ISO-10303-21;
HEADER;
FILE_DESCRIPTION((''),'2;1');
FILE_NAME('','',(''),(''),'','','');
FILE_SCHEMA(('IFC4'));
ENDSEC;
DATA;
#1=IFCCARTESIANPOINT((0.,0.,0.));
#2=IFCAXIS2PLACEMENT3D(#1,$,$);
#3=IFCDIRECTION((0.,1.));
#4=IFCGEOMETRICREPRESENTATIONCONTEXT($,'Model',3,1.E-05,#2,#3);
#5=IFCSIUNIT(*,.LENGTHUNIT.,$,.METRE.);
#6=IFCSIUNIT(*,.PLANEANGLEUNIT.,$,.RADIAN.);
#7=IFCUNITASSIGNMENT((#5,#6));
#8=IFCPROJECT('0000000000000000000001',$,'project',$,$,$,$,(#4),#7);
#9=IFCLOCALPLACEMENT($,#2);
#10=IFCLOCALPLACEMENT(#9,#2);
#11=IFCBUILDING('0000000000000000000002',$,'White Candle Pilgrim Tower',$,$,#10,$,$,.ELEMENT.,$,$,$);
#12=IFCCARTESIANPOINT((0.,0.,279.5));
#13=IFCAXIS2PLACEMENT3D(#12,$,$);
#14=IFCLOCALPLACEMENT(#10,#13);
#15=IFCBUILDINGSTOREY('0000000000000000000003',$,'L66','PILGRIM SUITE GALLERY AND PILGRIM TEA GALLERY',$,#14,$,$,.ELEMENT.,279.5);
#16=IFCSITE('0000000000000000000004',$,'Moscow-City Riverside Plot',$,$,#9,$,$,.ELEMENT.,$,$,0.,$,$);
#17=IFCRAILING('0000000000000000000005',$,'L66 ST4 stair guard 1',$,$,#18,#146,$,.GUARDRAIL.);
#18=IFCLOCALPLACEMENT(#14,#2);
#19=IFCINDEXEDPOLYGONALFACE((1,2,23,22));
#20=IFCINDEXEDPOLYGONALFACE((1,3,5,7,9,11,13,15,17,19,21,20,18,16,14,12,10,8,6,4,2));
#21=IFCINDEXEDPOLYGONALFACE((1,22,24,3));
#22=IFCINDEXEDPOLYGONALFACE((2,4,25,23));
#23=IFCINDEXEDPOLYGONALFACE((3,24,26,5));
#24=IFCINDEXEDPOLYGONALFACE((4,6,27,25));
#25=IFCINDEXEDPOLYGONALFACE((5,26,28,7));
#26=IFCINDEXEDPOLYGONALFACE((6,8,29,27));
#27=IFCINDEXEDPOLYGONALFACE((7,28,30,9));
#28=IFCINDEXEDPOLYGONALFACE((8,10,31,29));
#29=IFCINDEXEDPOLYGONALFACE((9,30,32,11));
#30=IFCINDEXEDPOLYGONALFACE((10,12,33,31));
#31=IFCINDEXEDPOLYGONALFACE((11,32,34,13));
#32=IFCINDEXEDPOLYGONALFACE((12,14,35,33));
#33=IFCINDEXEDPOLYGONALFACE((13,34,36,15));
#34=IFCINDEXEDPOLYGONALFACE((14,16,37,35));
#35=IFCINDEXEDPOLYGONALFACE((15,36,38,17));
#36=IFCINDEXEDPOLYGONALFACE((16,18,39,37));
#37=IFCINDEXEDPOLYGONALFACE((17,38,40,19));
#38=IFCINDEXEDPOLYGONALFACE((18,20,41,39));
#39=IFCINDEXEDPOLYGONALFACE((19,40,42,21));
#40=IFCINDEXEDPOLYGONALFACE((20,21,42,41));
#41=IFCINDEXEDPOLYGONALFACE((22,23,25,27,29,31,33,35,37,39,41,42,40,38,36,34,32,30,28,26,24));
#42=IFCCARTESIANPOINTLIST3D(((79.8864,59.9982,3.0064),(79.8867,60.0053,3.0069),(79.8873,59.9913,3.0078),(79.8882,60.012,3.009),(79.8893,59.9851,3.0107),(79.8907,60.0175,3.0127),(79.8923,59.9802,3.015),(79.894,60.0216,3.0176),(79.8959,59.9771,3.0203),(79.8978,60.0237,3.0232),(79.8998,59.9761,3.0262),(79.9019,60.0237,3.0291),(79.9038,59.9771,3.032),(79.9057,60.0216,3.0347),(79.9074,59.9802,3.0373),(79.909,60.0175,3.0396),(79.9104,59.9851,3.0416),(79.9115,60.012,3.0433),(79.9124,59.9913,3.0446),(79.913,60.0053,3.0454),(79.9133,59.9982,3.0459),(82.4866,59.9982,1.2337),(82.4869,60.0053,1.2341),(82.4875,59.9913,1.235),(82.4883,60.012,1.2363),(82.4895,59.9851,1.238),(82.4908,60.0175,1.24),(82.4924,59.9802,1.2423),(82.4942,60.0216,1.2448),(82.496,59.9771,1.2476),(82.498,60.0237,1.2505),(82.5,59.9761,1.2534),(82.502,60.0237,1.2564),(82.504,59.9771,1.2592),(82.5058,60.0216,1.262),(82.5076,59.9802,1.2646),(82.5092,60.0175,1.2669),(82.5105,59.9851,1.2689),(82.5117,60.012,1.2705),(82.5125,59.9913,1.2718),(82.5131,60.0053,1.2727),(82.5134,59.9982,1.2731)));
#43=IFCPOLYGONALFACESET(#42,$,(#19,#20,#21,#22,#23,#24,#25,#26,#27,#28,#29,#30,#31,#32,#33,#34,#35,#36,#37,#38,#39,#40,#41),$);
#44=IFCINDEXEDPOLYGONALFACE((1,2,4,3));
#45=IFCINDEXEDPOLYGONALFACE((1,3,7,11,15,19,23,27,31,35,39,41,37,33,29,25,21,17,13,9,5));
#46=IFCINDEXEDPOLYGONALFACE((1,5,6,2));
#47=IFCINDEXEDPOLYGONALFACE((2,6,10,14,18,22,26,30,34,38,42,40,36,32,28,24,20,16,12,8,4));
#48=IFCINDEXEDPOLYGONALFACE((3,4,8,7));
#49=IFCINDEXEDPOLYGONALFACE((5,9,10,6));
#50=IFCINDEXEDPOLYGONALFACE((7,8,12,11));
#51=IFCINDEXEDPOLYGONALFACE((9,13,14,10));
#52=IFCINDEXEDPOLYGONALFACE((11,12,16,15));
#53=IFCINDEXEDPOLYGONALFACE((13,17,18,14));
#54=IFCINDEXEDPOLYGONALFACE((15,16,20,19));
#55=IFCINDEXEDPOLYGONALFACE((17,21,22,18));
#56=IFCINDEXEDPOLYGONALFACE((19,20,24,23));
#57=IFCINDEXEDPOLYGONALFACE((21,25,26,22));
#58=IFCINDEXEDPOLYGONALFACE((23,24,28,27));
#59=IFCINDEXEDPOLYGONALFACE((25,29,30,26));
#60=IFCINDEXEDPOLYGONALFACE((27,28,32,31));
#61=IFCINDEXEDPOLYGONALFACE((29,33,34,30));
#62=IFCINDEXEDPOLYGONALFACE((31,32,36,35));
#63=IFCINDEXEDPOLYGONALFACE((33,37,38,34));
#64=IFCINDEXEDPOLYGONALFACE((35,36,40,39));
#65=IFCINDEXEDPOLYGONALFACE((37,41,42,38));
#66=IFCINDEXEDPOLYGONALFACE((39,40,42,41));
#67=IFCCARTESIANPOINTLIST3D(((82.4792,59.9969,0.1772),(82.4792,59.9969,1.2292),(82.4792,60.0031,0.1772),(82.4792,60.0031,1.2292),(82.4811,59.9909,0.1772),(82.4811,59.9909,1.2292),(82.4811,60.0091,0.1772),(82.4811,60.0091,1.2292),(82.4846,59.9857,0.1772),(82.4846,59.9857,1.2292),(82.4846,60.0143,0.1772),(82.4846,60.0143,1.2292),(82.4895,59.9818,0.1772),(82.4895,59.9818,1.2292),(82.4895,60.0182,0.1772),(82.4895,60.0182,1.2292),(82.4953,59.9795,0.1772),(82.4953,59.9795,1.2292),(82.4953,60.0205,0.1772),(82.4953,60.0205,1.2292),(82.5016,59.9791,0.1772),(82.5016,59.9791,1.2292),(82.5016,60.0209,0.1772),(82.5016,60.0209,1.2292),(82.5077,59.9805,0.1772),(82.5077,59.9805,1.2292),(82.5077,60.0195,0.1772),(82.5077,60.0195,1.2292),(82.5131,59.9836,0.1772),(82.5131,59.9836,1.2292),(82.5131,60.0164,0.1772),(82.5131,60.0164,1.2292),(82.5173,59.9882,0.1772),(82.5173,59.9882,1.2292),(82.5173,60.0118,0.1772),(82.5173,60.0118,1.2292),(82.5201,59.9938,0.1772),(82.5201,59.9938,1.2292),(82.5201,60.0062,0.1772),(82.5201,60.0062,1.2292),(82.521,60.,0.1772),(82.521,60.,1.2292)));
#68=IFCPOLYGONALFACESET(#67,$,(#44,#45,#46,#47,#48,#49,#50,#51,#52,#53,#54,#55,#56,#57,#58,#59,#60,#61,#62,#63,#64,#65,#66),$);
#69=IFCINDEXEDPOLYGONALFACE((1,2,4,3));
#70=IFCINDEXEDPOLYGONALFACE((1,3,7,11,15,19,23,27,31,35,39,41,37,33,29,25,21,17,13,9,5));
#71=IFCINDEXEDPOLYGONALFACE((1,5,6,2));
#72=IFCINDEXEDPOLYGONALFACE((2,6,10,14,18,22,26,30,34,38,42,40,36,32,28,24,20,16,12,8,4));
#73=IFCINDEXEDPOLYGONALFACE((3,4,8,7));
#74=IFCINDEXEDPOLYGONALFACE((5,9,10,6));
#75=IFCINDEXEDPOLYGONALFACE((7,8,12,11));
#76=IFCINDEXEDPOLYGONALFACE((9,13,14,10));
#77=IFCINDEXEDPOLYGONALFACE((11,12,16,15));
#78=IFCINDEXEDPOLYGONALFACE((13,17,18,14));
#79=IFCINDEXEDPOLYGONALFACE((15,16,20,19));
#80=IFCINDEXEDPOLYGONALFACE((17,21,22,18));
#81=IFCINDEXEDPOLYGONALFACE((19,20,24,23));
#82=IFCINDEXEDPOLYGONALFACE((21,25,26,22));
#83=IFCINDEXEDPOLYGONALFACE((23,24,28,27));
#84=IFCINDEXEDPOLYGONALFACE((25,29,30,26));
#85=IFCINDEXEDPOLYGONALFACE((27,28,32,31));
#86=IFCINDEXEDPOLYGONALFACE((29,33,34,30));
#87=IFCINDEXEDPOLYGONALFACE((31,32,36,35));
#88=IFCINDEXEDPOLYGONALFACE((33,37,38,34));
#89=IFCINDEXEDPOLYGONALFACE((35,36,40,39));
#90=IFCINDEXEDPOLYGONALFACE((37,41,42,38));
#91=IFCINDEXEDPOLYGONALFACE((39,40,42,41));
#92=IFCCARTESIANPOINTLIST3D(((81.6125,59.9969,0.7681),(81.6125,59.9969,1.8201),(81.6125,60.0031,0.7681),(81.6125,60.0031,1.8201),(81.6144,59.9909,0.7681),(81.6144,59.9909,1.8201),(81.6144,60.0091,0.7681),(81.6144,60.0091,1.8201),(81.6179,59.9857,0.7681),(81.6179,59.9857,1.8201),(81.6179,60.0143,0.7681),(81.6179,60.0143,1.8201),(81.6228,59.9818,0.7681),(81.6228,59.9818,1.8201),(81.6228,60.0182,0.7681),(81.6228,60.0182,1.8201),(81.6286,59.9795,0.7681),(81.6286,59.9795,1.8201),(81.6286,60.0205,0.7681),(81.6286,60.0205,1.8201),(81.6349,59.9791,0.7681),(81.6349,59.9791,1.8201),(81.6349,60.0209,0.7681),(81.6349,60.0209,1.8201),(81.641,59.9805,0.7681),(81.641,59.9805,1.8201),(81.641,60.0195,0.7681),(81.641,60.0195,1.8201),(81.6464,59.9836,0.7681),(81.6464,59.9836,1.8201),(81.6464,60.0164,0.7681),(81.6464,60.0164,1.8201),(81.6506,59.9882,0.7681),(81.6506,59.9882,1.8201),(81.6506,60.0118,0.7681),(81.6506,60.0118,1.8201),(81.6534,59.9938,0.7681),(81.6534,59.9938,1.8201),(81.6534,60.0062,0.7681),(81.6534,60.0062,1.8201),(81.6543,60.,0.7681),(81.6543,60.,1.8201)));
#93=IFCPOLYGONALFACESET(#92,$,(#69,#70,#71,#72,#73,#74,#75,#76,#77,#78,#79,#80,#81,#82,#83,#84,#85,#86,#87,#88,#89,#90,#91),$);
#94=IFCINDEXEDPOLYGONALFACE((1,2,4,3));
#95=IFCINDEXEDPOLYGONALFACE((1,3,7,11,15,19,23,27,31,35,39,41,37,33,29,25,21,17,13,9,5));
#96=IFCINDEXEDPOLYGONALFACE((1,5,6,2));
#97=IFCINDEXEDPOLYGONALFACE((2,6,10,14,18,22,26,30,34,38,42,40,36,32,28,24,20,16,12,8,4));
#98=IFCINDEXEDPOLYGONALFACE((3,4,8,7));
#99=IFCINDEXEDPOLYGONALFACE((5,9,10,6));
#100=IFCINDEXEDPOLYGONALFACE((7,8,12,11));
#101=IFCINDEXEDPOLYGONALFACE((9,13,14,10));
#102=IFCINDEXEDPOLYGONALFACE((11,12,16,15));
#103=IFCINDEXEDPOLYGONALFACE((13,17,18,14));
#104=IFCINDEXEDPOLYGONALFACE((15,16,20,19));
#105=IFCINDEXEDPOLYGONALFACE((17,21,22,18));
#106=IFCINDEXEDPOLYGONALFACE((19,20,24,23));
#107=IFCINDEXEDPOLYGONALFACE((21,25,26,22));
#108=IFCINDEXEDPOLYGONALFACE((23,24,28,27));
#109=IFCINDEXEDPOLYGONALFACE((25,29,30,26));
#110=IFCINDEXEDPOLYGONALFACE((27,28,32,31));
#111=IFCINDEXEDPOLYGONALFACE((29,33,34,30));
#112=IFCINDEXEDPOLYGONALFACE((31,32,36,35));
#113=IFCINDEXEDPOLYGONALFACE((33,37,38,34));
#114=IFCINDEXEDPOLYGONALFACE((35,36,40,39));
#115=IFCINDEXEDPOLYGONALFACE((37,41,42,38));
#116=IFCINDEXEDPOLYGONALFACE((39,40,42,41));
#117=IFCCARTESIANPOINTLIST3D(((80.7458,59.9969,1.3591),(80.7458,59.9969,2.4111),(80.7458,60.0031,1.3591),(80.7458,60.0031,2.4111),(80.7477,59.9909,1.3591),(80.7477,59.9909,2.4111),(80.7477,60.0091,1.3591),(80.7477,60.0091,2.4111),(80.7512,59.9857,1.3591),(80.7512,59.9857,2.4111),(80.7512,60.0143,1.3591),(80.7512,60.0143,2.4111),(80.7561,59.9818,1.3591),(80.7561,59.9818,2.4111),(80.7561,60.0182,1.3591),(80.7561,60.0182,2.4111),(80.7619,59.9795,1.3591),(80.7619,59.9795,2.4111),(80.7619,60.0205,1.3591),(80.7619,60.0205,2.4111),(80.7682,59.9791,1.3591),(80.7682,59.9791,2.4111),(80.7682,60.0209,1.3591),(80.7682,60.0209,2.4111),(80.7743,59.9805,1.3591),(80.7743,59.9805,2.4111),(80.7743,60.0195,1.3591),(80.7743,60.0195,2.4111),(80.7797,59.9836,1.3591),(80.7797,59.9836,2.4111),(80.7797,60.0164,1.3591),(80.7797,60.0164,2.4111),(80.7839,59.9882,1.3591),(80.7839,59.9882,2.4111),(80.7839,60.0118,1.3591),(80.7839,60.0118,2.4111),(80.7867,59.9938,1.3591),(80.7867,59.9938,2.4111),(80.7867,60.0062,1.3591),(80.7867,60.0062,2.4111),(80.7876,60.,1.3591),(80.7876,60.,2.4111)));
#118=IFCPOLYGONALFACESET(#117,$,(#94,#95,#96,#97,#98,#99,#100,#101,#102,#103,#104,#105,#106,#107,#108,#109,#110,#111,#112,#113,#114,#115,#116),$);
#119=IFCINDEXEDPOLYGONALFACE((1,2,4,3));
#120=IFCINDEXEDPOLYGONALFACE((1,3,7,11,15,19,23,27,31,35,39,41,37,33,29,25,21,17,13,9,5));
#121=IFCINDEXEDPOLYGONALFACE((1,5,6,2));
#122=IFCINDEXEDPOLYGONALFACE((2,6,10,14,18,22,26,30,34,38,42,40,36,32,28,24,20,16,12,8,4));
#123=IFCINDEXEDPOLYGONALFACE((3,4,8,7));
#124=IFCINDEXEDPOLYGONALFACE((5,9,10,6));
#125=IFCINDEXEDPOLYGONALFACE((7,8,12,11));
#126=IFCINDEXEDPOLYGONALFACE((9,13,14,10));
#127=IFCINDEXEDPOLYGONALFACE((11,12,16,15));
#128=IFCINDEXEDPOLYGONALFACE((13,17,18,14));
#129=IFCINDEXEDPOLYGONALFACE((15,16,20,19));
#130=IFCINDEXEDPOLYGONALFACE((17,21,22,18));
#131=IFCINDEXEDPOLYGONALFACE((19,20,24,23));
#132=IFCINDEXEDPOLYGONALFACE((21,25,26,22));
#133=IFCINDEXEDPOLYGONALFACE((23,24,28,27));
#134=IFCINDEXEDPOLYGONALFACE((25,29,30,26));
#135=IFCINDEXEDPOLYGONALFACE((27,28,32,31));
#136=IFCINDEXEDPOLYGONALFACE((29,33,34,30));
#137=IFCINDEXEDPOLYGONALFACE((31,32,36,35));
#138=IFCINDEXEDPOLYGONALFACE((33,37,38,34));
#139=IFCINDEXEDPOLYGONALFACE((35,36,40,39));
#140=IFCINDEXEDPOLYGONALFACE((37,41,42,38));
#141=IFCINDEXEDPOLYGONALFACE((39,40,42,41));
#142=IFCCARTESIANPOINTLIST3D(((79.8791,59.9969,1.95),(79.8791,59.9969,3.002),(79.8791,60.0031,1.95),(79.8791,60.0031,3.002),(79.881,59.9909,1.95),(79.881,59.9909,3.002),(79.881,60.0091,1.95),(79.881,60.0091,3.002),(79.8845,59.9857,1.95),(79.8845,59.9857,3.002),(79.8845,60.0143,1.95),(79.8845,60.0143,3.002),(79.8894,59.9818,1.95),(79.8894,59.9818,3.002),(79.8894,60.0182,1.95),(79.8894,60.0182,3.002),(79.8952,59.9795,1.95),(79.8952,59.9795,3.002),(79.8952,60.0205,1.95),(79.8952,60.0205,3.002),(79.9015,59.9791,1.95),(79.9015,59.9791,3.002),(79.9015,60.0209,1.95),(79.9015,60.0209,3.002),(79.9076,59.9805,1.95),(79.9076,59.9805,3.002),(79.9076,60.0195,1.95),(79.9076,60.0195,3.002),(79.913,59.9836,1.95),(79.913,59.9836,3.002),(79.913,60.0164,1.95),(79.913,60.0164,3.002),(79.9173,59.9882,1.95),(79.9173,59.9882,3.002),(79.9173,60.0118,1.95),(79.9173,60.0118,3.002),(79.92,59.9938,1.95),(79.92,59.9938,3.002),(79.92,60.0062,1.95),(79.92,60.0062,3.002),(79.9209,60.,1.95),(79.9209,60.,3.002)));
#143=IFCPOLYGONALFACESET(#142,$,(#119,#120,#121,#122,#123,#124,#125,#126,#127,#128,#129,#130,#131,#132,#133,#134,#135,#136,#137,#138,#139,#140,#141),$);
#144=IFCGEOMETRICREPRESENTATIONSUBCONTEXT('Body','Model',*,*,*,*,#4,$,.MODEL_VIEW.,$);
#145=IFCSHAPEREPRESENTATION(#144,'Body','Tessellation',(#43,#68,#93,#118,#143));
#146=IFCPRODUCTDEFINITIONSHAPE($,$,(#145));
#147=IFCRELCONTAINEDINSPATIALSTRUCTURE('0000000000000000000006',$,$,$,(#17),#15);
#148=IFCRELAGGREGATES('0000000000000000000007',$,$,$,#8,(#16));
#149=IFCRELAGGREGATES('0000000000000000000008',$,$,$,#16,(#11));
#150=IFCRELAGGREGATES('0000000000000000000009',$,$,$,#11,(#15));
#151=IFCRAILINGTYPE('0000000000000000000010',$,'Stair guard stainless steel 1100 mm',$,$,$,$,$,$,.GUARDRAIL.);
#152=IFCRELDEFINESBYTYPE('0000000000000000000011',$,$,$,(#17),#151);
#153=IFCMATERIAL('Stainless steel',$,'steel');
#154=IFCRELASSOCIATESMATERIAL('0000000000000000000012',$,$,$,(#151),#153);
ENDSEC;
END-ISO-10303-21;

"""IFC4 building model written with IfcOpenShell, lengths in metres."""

from ifc_helpers import new_model, si_unit, direction, frame, origin, origin_2d, place, context, subcontext, project, spatial, circle, extrude, material, type_object, element, save


model = new_model("IFC4")

# Units and contexts
model_context = context("Model", 3, precision=1e-05, world=origin(), true_north=direction((0.0, 1.0)))
body_context = subcontext(model_context, "Body", "Model", "MODEL_VIEW")
ifc_project = project(units=[si_unit("LENGTHUNIT", "METRE"), si_unit("PLANEANGLEUNIT", "RADIAN")], contexts=[model_context])

# Site, building, storey
site_placement = place(None, origin())
site = spatial("IfcSite", under=ifc_project, at=site_placement, Name="Moscow-City Riverside Plot", CompositionType="ELEMENT", RefElevation=0.0)
building_placement = place(site_placement, origin())
building = spatial("IfcBuilding", under=site, at=building_placement, Name="White Candle Pilgrim Tower", CompositionType="ELEMENT")
storey_placement = place(building_placement, frame((0.0, 0.0, 279.5)))
storey = spatial("IfcBuildingStorey", under=building, at=storey_placement, Name="L66", Description="PILGRIM SUITE GALLERY AND PILGRIM TEA GALLERY", CompositionType="ELEMENT", Elevation=279.5)

# Railing
ifc_material_1 = material(Name="Stainless steel", Category="steel")
railing_type = type_object("IfcRailingType", Name="Stair guard stainless steel 1100 mm", PredefinedType="GUARDRAIL", material=ifc_material_1)
railing_1_placement = place(storey_placement, frame((82.5, 60.0, 0.1772)))
element("IfcRailing", 1, at=railing_1_placement, inside=storey, type_object=railing_type, Name="L66 ST4 stair guard 1", PredefinedType="GUARDRAIL", context=body_context, shape_type="SweptSolid", body=[
    extrude(circle(Radius=0.0239, at=origin_2d()), frame((0.0, 0.0, 1.0762), z_axis=(-0.82624, 0.0, 0.563318), x_axis=(0.0, -1.0, 0.0)), (0.0, 0.0, 1.0), 3.147),
    extrude(circle(Radius=0.021, at=origin_2d()), origin(), (0.0, 0.0, 1.0), 1.052),
    extrude(circle(Radius=0.021, at=origin_2d()), frame((-0.8667, 0.0, 0.5908)), (0.0, 0.0, 1.0), 1.052),
    extrude(circle(Radius=0.021, at=origin_2d()), frame((-1.7334, 0.0, 1.1819)), (0.0, 0.0, 1.0), 1.052),
    extrude(circle(Radius=0.021, at=origin_2d()), frame((-2.6001, 0.0, 1.7727)), (0.0, 0.0, 1.0), 1.052),
])

save(model, "model.ifc")
